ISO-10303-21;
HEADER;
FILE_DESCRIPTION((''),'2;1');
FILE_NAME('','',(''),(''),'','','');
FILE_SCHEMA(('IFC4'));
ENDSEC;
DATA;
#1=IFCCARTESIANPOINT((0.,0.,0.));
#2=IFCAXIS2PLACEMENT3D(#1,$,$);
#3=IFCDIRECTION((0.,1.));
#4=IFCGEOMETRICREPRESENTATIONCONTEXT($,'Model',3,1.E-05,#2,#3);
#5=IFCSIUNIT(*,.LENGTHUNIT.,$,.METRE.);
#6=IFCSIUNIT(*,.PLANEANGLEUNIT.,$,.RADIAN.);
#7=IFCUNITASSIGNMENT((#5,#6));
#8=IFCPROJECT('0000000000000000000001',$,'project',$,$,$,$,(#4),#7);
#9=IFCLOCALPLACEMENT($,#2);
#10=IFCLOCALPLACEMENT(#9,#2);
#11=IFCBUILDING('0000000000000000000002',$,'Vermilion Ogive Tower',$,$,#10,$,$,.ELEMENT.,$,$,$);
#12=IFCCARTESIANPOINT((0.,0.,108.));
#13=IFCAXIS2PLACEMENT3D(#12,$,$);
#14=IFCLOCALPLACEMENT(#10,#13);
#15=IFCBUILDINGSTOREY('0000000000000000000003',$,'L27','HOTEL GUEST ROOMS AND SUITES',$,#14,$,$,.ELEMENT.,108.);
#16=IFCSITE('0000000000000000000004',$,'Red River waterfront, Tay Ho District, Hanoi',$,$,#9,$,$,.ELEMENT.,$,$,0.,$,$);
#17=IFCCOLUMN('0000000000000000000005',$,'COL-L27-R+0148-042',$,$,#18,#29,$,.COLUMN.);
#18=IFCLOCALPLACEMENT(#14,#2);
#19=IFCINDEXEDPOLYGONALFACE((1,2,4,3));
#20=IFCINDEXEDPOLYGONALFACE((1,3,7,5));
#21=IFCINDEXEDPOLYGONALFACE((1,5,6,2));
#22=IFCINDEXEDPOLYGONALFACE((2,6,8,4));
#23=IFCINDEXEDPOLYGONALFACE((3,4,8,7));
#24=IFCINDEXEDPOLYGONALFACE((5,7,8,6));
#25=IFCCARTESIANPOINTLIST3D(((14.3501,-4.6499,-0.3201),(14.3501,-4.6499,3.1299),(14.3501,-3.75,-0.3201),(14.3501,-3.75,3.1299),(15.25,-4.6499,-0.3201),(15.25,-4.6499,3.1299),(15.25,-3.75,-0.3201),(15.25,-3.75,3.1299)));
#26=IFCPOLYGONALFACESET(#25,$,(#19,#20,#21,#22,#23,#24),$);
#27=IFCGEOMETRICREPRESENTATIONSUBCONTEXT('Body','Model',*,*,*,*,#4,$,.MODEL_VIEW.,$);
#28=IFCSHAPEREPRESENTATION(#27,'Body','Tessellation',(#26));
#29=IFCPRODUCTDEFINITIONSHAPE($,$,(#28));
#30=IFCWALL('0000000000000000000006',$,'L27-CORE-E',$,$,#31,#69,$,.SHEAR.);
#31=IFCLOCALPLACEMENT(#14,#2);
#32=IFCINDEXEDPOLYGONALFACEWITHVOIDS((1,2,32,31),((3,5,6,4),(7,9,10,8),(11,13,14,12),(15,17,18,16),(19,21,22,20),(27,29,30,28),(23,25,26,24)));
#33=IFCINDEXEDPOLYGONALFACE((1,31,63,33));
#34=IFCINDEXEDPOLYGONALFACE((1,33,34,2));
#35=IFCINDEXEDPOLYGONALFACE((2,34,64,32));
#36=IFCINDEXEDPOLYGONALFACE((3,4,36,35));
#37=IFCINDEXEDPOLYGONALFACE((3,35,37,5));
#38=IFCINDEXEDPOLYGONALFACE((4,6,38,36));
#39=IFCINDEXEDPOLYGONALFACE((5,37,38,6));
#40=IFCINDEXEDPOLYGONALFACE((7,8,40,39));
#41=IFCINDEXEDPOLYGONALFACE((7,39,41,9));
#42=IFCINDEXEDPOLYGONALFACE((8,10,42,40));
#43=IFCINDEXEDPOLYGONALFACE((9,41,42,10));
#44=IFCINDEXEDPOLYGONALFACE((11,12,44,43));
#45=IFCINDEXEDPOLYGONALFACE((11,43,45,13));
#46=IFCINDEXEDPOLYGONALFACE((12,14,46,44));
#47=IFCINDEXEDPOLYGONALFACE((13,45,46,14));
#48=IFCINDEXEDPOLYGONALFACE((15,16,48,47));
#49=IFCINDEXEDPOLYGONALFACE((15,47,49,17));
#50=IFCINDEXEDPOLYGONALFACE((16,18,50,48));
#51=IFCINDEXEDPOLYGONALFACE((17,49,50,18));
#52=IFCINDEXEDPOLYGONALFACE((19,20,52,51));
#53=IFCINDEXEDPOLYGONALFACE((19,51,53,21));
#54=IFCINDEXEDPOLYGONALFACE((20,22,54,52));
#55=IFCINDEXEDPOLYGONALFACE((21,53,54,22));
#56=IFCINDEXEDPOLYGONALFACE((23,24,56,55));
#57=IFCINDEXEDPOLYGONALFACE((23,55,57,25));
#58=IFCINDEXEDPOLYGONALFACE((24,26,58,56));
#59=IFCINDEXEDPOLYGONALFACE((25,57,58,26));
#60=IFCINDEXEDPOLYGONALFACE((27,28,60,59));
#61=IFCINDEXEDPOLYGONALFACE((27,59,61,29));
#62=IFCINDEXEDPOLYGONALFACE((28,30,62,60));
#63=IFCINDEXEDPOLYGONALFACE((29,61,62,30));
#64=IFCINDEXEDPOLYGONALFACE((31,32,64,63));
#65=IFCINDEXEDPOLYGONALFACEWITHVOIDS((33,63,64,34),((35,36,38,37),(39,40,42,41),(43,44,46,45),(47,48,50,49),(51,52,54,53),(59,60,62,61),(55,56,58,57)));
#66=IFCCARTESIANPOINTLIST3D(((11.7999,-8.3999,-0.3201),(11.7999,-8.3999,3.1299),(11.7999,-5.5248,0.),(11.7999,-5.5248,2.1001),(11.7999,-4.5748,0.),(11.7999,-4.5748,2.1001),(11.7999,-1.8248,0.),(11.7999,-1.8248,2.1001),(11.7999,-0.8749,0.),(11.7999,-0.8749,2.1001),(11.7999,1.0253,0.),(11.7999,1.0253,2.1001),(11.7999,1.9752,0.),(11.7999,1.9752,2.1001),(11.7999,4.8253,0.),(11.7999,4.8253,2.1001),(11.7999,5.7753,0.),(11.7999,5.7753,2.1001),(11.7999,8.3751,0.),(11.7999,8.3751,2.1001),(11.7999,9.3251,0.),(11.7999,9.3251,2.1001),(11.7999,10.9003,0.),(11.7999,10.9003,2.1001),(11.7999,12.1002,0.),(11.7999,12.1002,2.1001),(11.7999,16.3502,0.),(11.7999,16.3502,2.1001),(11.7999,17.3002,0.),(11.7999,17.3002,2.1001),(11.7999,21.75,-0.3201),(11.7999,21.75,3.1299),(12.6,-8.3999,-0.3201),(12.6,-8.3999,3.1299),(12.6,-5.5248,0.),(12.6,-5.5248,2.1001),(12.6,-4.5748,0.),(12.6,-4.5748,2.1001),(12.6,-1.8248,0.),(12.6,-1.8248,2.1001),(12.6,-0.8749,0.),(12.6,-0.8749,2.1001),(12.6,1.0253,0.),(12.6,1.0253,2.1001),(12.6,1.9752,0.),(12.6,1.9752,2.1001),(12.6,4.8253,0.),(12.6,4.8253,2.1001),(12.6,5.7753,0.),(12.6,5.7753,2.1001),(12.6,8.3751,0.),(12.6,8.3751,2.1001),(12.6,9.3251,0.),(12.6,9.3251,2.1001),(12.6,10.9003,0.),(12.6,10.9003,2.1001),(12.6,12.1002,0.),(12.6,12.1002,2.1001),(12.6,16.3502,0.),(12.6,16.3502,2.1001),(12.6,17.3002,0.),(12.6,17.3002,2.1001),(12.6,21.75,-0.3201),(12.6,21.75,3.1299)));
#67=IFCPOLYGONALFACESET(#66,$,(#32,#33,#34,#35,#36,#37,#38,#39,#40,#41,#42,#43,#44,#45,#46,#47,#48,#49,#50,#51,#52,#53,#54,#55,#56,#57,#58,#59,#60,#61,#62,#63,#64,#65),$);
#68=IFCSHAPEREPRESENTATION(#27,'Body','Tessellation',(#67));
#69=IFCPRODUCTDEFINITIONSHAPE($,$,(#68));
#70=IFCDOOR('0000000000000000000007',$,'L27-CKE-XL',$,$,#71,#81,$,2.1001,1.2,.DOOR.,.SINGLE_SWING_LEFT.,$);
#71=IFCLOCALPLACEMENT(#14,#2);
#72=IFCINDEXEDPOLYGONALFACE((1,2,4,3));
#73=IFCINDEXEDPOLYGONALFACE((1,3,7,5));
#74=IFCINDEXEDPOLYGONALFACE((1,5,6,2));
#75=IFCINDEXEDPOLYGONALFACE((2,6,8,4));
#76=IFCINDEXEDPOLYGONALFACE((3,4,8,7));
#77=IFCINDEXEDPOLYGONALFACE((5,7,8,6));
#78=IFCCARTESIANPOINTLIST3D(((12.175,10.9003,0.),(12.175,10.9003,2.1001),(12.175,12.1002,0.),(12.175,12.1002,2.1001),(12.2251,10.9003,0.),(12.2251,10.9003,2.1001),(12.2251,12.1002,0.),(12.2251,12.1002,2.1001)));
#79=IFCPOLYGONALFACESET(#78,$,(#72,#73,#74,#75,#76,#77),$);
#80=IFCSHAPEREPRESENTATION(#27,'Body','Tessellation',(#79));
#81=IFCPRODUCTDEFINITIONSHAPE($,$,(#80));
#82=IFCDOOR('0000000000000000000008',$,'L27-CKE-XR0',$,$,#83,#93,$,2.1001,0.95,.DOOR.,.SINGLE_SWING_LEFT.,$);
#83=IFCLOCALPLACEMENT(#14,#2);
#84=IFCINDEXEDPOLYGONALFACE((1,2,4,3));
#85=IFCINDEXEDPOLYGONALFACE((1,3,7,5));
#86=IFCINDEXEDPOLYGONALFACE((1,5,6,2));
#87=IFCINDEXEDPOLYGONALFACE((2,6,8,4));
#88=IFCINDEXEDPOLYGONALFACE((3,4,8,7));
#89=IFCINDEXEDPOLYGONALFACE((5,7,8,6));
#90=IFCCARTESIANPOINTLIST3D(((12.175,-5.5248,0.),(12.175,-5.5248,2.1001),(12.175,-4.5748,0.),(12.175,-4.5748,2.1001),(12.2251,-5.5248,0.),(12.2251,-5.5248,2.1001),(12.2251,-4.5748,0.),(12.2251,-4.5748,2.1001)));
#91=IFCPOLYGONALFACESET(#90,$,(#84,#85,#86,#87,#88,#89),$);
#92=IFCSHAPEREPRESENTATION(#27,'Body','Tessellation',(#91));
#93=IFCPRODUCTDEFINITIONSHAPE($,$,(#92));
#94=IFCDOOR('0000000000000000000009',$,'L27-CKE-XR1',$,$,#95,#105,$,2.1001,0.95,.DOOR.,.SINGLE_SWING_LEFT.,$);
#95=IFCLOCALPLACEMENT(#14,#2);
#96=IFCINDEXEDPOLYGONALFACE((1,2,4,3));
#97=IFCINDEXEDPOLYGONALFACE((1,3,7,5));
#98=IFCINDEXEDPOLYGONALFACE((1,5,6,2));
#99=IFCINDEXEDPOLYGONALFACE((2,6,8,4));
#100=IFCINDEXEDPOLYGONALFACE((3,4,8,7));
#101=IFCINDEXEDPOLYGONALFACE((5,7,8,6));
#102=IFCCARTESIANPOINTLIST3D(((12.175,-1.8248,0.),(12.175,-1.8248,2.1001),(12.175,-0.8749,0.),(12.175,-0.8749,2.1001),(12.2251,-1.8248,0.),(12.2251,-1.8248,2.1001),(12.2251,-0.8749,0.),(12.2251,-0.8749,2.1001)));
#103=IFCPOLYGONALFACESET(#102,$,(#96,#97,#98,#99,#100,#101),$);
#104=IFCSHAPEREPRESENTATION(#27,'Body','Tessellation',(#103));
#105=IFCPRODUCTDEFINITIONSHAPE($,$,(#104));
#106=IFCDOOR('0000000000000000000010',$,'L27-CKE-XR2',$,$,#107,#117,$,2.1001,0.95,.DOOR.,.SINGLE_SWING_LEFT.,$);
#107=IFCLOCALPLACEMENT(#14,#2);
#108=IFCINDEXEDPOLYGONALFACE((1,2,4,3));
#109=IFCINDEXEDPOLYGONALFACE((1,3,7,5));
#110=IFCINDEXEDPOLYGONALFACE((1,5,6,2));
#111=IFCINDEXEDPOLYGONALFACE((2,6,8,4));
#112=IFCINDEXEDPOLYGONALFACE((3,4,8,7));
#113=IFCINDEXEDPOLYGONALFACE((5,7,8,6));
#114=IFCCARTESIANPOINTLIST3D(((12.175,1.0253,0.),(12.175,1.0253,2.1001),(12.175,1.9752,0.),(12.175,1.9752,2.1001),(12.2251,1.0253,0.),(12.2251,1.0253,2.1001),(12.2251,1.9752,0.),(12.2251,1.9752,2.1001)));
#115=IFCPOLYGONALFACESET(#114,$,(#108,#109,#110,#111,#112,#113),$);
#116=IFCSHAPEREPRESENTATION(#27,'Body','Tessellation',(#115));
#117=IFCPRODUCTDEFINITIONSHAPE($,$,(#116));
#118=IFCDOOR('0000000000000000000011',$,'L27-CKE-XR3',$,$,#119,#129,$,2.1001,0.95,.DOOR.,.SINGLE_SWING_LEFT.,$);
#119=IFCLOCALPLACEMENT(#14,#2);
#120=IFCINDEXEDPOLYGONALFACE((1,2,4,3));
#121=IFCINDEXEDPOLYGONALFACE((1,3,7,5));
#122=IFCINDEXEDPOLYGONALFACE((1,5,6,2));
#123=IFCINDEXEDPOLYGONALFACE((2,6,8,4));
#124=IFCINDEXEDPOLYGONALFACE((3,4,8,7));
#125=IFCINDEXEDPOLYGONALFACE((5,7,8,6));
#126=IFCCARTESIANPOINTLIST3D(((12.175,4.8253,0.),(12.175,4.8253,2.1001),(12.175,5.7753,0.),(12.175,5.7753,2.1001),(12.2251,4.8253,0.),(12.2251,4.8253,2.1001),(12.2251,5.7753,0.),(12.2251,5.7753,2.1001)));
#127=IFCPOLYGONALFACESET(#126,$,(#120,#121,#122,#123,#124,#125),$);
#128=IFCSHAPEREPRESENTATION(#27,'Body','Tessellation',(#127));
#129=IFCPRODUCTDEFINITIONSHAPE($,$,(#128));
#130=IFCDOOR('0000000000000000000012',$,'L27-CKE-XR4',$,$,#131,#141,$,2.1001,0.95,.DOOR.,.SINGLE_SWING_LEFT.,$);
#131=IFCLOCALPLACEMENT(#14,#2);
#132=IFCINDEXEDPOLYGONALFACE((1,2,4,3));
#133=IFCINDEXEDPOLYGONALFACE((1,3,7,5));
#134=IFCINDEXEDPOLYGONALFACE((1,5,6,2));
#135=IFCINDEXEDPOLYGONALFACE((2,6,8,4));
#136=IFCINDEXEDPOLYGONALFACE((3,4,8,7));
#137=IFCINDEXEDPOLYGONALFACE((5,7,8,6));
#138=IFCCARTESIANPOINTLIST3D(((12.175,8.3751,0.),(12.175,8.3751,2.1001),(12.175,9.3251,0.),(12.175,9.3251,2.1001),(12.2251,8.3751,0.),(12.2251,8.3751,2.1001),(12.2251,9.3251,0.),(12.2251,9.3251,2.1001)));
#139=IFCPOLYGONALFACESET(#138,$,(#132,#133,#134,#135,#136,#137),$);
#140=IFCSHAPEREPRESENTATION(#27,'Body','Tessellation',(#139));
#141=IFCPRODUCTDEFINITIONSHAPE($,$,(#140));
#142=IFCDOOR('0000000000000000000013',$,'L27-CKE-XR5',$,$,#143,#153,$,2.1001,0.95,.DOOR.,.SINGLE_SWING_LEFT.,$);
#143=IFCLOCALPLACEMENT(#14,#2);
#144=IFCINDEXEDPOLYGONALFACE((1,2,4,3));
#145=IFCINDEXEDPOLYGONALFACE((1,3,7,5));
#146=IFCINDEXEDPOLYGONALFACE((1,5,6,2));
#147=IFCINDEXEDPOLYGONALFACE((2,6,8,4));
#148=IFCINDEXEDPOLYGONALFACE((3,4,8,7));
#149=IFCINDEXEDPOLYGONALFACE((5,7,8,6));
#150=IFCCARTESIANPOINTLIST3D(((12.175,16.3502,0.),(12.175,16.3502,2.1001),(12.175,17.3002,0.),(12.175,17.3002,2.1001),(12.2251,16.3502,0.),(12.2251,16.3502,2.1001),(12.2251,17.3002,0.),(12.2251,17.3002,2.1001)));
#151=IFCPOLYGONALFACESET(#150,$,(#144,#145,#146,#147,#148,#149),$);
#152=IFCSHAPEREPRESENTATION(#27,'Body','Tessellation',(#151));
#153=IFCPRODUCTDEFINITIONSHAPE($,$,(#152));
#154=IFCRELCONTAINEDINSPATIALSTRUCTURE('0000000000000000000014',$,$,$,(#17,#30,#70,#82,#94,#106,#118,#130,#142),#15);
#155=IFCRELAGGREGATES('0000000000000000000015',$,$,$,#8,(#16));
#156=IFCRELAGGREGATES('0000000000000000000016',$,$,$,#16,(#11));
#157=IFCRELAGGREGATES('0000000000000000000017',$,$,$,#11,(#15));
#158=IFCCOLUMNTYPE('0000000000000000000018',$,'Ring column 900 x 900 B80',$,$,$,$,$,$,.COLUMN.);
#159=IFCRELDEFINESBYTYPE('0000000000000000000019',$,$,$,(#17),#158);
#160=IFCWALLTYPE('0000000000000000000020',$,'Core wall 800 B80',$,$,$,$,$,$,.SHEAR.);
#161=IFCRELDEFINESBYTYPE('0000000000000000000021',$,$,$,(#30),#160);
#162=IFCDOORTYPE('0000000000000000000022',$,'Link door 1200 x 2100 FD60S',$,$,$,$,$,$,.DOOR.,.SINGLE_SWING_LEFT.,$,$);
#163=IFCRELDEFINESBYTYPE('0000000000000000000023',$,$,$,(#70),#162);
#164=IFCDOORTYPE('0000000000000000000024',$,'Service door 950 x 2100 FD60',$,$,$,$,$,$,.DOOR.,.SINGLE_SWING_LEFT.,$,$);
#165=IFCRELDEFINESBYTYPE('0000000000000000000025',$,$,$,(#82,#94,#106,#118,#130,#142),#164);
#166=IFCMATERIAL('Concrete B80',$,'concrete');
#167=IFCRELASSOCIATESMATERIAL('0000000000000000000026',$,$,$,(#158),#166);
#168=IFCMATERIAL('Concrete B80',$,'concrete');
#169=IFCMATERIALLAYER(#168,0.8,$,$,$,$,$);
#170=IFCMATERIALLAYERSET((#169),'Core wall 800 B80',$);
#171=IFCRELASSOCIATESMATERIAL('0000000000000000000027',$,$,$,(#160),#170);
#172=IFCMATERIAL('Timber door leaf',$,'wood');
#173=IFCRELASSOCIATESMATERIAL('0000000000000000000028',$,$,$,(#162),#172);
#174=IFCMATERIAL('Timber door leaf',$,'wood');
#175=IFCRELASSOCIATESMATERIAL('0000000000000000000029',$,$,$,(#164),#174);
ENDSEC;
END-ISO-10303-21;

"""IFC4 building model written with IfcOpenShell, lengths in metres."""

from ifc_helpers import new_model, si_unit, direction, frame, frame_2d, origin, origin_2d, place, context, subcontext, project, spatial, rectangle, extrude, material, layer, layer_set, material_profile, profile_set, type_object, element, fill, save


model = new_model("IFC4")

# Units and contexts
model_context = context("Model", 3, precision=1e-05, world=origin(), true_north=direction((0.0, 1.0)))
body_context = subcontext(model_context, "Body", "Model", "MODEL_VIEW")
ifc_project = project(units=[si_unit("LENGTHUNIT", "METRE"), si_unit("PLANEANGLEUNIT", "RADIAN")], contexts=[model_context])

# Site, building, storey
site_placement = place(None, origin())
site = spatial("IfcSite", under=ifc_project, at=site_placement, Name="Red River waterfront, Tay Ho District, Hanoi", CompositionType="ELEMENT", RefElevation=0.0)
building_placement = place(site_placement, origin())
building = spatial("IfcBuilding", under=site, at=building_placement, Name="Vermilion Ogive Tower", CompositionType="ELEMENT")
storey_placement = place(building_placement, frame((0.0, 0.0, 108.0)))
storey = spatial("IfcBuildingStorey", under=building, at=storey_placement, Name="L27", Description="HOTEL GUEST ROOMS AND SUITES", CompositionType="ELEMENT", Elevation=108.0)

# Column
ifc_material_1 = material(Name="Concrete B80", Category="concrete")
ifc_material_profile = material_profile(ifc_material_1, rectangle(XDim=0.8999, YDim=0.8999, at=origin_2d()), Name="900 x 900")
ifc_profile_set = profile_set([ifc_material_profile], Name="Concrete B80")
column_type = type_object("IfcColumnType", Name="Ring column 900 x 900 B80", PredefinedType="COLUMN", material=ifc_profile_set)
column_placement = place(storey_placement, frame((14.8, -4.2, -0.3201), z_axis=(0.0, 0.0, 1.0), x_axis=(1.0, 0.0, 0.0)))
element("IfcColumn", 1, at=column_placement, inside=storey, type_object=column_type, Name="COL-L27-R+0148-042", PredefinedType="COLUMN", context=body_context, shape_type="SweptSolid", body=[
    extrude(rectangle(XDim=0.8999, YDim=0.8999, at=origin_2d()), origin(), (0.0, 0.0, 1.0), 3.45),
])

# Wall, openings, doors
ifc_material_2 = material(Name="Concrete B80", Category="concrete")
ifc_layer_1 = layer(ifc_material_2, 0.8)
ifc_layer_set_1 = layer_set([ifc_layer_1], Name="Core wall 800 B80")
wall_type_1 = type_object("IfcWallType", Name="Core wall 800 B80", PredefinedType="SHEAR", material=ifc_layer_set_1)
wall_1_placement = place(storey_placement, frame((12.2, -8.3999, -0.3201), z_axis=(0.0, 0.0, 1.0), x_axis=(0.0, 1.0, 0.0)))
wall_1 = element("IfcWall", 2, at=wall_1_placement, inside=storey, type_object=wall_type_1, Name="L27-CORE-E", PredefinedType="SHEAR", context=body_context, shape_type="SweptSolid", body=[
    extrude(rectangle(XDim=30.1499, YDim=0.8, at=frame_2d((15.075, 0.0))), origin(), (0.0, 0.0, 1.0), 3.45),
])
opening_1_placement = place(wall_1_placement, frame((2.875, 0.0, 0.3201)))
opening_1 = element("IfcOpeningElement", 3, at=opening_1_placement, cuts=wall_1, PredefinedType="OPENING", context=body_context, shape_type="SweptSolid", body=[
    extrude(rectangle(XDim=0.95, YDim=2.1001, at=frame_2d((0.4751, 1.05))), frame((0.0, 0.4099, 0.0), z_axis=(0.0, -1.0, 0.0), x_axis=(1.0, 0.0, 0.0)), (0.0, 0.0, 1.0), 0.8201),
])
opening_2_placement = place(wall_1_placement, frame((6.575, 0.0, 0.3201)))
opening_2 = element("IfcOpeningElement", 4, at=opening_2_placement, cuts=wall_1, PredefinedType="OPENING", context=body_context, shape_type="SweptSolid", body=[
    extrude(rectangle(XDim=0.95, YDim=2.1001, at=frame_2d((0.4751, 1.05))), frame((0.0, 0.4099, 0.0), z_axis=(0.0, -1.0, 0.0), x_axis=(1.0, 0.0, 0.0)), (0.0, 0.0, 1.0), 0.8201),
])
opening_3_placement = place(wall_1_placement, frame((9.425, 0.0, 0.3201)))
opening_3 = element("IfcOpeningElement", 5, at=opening_3_placement, cuts=wall_1, PredefinedType="OPENING", context=body_context, shape_type="SweptSolid", body=[
    extrude(rectangle(XDim=0.95, YDim=2.1001, at=frame_2d((0.4751, 1.05))), frame((0.0, 0.4099, 0.0), z_axis=(0.0, -1.0, 0.0), x_axis=(1.0, 0.0, 0.0)), (0.0, 0.0, 1.0), 0.8201),
])
opening_4_placement = place(wall_1_placement, frame((13.2251, 0.0, 0.3201)))
opening_4 = element("IfcOpeningElement", 6, at=opening_4_placement, cuts=wall_1, PredefinedType="OPENING", context=body_context, shape_type="SweptSolid", body=[
    extrude(rectangle(XDim=0.95, YDim=2.1001, at=frame_2d((0.4751, 1.05))), frame((0.0, 0.4099, 0.0), z_axis=(0.0, -1.0, 0.0), x_axis=(1.0, 0.0, 0.0)), (0.0, 0.0, 1.0), 0.8201),
])
opening_5_placement = place(wall_1_placement, frame((16.7749, 0.0, 0.3201)))
opening_5 = element("IfcOpeningElement", 7, at=opening_5_placement, cuts=wall_1, PredefinedType="OPENING", context=body_context, shape_type="SweptSolid", body=[
    extrude(rectangle(XDim=0.95, YDim=2.1001, at=frame_2d((0.4751, 1.05))), frame((0.0, 0.4099, 0.0), z_axis=(0.0, -1.0, 0.0), x_axis=(1.0, 0.0, 0.0)), (0.0, 0.0, 1.0), 0.8201),
])
opening_6_placement = place(wall_1_placement, frame((24.75, 0.0, 0.3201)))
opening_6 = element("IfcOpeningElement", 8, at=opening_6_placement, cuts=wall_1, PredefinedType="OPENING", context=body_context, shape_type="SweptSolid", body=[
    extrude(rectangle(XDim=0.95, YDim=2.1001, at=frame_2d((0.4751, 1.05))), frame((0.0, 0.4099, 0.0), z_axis=(0.0, -1.0, 0.0), x_axis=(1.0, 0.0, 0.0)), (0.0, 0.0, 1.0), 0.8201),
])
opening_7_placement = place(wall_1_placement, frame((19.3, 0.0, 0.3201)))
opening_7 = element("IfcOpeningElement", 9, at=opening_7_placement, cuts=wall_1, PredefinedType="OPENING", context=body_context, shape_type="SweptSolid", body=[
    extrude(rectangle(XDim=1.2, YDim=2.1001, at=frame_2d((0.6001, 1.05))), frame((0.0, 0.4099, 0.0), z_axis=(0.0, -1.0, 0.0), x_axis=(1.0, 0.0, 0.0)), (0.0, 0.0, 1.0), 0.8201),
])
ifc_material_3 = material(Name="Timber door leaf", Category="wood")
door_type_1 = type_object("IfcDoorType", Name="Link door 1200 x 2100 FD60S", OperationType="SINGLE_SWING_LEFT", PredefinedType="DOOR", material=ifc_material_3)
door_1_placement = place(opening_7_placement, origin())
door_1 = element("IfcDoor", 10, at=door_1_placement, inside=storey, type_object=door_type_1, Name="L27-CKE-XL", OperationType="SINGLE_SWING_LEFT", OverallHeight=2.1001, OverallWidth=1.2, PredefinedType="DOOR", context=body_context, shape_type="SweptSolid", body=[
    extrude(rectangle(XDim=1.2, YDim=2.1001, at=frame_2d((0.6001, 1.05))), frame((0.0, 0.0249, 0.0), z_axis=(0.0, -1.0, 0.0), x_axis=(1.0, 0.0, 0.0)), (0.0, 0.0, 1.0), 0.05),
])
fill(opening_7, door_1)
ifc_material_4 = material(Name="Timber door leaf", Category="wood")
door_type_2 = type_object("IfcDoorType", Name="Service door 950 x 2100 FD60", OperationType="SINGLE_SWING_LEFT", PredefinedType="DOOR", material=ifc_material_4)
door_2_placement = place(opening_1_placement, origin())
door_2 = element("IfcDoor", 11, at=door_2_placement, inside=storey, type_object=door_type_2, Name="L27-CKE-XR0", OperationType="SINGLE_SWING_LEFT", OverallHeight=2.1001, OverallWidth=0.95, PredefinedType="DOOR", context=body_context, shape_type="SweptSolid", body=[
    extrude(rectangle(XDim=0.95, YDim=2.1001, at=frame_2d((0.4751, 1.05))), frame((0.0, 0.0249, 0.0), z_axis=(0.0, -1.0, 0.0), x_axis=(1.0, 0.0, 0.0)), (0.0, 0.0, 1.0), 0.05),
])
fill(opening_1, door_2)
door_3_placement = place(opening_2_placement, origin())
door_3 = element("IfcDoor", 12, at=door_3_placement, inside=storey, type_object=door_type_2, Name="L27-CKE-XR1", OperationType="SINGLE_SWING_LEFT", OverallHeight=2.1001, OverallWidth=0.95, PredefinedType="DOOR", context=body_context, shape_type="SweptSolid", body=[
    extrude(rectangle(XDim=0.95, YDim=2.1001, at=frame_2d((0.4751, 1.05))), frame((0.0, 0.0249, 0.0), z_axis=(0.0, -1.0, 0.0), x_axis=(1.0, 0.0, 0.0)), (0.0, 0.0, 1.0), 0.05),
])
fill(opening_2, door_3)
door_4_placement = place(opening_3_placement, origin())
door_4 = element("IfcDoor", 13, at=door_4_placement, inside=storey, type_object=door_type_2, Name="L27-CKE-XR2", OperationType="SINGLE_SWING_LEFT", OverallHeight=2.1001, OverallWidth=0.95, PredefinedType="DOOR", context=body_context, shape_type="SweptSolid", body=[
    extrude(rectangle(XDim=0.95, YDim=2.1001, at=frame_2d((0.4751, 1.05))), frame((0.0, 0.0249, 0.0), z_axis=(0.0, -1.0, 0.0), x_axis=(1.0, 0.0, 0.0)), (0.0, 0.0, 1.0), 0.05),
])
fill(opening_3, door_4)
door_5_placement = place(opening_4_placement, origin())
door_5 = element("IfcDoor", 14, at=door_5_placement, inside=storey, type_object=door_type_2, Name="L27-CKE-XR3", OperationType="SINGLE_SWING_LEFT", OverallHeight=2.1001, OverallWidth=0.95, PredefinedType="DOOR", context=body_context, shape_type="SweptSolid", body=[
    extrude(rectangle(XDim=0.95, YDim=2.1001, at=frame_2d((0.4751, 1.05))), frame((0.0, 0.0249, 0.0), z_axis=(0.0, -1.0, 0.0), x_axis=(1.0, 0.0, 0.0)), (0.0, 0.0, 1.0), 0.05),
])
fill(opening_4, door_5)
door_6_placement = place(opening_5_placement, origin())
door_6 = element("IfcDoor", 15, at=door_6_placement, inside=storey, type_object=door_type_2, Name="L27-CKE-XR4", OperationType="SINGLE_SWING_LEFT", OverallHeight=2.1001, OverallWidth=0.95, PredefinedType="DOOR", context=body_context, shape_type="SweptSolid", body=[
    extrude(rectangle(XDim=0.95, YDim=2.1001, at=frame_2d((0.4751, 1.05))), frame((0.0, 0.0249, 0.0), z_axis=(0.0, -1.0, 0.0), x_axis=(1.0, 0.0, 0.0)), (0.0, 0.0, 1.0), 0.05),
])
fill(opening_5, door_6)
door_7_placement = place(opening_6_placement, origin())
door_7 = element("IfcDoor", 16, at=door_7_placement, inside=storey, type_object=door_type_2, Name="L27-CKE-XR5", OperationType="SINGLE_SWING_LEFT", OverallHeight=2.1001, OverallWidth=0.95, PredefinedType="DOOR", context=body_context, shape_type="SweptSolid", body=[
    extrude(rectangle(XDim=0.95, YDim=2.1001, at=frame_2d((0.4751, 1.05))), frame((0.0, 0.0249, 0.0), z_axis=(0.0, -1.0, 0.0), x_axis=(1.0, 0.0, 0.0)), (0.0, 0.0, 1.0), 0.05),
])
fill(opening_6, door_7)

save(model, "model.ifc")
